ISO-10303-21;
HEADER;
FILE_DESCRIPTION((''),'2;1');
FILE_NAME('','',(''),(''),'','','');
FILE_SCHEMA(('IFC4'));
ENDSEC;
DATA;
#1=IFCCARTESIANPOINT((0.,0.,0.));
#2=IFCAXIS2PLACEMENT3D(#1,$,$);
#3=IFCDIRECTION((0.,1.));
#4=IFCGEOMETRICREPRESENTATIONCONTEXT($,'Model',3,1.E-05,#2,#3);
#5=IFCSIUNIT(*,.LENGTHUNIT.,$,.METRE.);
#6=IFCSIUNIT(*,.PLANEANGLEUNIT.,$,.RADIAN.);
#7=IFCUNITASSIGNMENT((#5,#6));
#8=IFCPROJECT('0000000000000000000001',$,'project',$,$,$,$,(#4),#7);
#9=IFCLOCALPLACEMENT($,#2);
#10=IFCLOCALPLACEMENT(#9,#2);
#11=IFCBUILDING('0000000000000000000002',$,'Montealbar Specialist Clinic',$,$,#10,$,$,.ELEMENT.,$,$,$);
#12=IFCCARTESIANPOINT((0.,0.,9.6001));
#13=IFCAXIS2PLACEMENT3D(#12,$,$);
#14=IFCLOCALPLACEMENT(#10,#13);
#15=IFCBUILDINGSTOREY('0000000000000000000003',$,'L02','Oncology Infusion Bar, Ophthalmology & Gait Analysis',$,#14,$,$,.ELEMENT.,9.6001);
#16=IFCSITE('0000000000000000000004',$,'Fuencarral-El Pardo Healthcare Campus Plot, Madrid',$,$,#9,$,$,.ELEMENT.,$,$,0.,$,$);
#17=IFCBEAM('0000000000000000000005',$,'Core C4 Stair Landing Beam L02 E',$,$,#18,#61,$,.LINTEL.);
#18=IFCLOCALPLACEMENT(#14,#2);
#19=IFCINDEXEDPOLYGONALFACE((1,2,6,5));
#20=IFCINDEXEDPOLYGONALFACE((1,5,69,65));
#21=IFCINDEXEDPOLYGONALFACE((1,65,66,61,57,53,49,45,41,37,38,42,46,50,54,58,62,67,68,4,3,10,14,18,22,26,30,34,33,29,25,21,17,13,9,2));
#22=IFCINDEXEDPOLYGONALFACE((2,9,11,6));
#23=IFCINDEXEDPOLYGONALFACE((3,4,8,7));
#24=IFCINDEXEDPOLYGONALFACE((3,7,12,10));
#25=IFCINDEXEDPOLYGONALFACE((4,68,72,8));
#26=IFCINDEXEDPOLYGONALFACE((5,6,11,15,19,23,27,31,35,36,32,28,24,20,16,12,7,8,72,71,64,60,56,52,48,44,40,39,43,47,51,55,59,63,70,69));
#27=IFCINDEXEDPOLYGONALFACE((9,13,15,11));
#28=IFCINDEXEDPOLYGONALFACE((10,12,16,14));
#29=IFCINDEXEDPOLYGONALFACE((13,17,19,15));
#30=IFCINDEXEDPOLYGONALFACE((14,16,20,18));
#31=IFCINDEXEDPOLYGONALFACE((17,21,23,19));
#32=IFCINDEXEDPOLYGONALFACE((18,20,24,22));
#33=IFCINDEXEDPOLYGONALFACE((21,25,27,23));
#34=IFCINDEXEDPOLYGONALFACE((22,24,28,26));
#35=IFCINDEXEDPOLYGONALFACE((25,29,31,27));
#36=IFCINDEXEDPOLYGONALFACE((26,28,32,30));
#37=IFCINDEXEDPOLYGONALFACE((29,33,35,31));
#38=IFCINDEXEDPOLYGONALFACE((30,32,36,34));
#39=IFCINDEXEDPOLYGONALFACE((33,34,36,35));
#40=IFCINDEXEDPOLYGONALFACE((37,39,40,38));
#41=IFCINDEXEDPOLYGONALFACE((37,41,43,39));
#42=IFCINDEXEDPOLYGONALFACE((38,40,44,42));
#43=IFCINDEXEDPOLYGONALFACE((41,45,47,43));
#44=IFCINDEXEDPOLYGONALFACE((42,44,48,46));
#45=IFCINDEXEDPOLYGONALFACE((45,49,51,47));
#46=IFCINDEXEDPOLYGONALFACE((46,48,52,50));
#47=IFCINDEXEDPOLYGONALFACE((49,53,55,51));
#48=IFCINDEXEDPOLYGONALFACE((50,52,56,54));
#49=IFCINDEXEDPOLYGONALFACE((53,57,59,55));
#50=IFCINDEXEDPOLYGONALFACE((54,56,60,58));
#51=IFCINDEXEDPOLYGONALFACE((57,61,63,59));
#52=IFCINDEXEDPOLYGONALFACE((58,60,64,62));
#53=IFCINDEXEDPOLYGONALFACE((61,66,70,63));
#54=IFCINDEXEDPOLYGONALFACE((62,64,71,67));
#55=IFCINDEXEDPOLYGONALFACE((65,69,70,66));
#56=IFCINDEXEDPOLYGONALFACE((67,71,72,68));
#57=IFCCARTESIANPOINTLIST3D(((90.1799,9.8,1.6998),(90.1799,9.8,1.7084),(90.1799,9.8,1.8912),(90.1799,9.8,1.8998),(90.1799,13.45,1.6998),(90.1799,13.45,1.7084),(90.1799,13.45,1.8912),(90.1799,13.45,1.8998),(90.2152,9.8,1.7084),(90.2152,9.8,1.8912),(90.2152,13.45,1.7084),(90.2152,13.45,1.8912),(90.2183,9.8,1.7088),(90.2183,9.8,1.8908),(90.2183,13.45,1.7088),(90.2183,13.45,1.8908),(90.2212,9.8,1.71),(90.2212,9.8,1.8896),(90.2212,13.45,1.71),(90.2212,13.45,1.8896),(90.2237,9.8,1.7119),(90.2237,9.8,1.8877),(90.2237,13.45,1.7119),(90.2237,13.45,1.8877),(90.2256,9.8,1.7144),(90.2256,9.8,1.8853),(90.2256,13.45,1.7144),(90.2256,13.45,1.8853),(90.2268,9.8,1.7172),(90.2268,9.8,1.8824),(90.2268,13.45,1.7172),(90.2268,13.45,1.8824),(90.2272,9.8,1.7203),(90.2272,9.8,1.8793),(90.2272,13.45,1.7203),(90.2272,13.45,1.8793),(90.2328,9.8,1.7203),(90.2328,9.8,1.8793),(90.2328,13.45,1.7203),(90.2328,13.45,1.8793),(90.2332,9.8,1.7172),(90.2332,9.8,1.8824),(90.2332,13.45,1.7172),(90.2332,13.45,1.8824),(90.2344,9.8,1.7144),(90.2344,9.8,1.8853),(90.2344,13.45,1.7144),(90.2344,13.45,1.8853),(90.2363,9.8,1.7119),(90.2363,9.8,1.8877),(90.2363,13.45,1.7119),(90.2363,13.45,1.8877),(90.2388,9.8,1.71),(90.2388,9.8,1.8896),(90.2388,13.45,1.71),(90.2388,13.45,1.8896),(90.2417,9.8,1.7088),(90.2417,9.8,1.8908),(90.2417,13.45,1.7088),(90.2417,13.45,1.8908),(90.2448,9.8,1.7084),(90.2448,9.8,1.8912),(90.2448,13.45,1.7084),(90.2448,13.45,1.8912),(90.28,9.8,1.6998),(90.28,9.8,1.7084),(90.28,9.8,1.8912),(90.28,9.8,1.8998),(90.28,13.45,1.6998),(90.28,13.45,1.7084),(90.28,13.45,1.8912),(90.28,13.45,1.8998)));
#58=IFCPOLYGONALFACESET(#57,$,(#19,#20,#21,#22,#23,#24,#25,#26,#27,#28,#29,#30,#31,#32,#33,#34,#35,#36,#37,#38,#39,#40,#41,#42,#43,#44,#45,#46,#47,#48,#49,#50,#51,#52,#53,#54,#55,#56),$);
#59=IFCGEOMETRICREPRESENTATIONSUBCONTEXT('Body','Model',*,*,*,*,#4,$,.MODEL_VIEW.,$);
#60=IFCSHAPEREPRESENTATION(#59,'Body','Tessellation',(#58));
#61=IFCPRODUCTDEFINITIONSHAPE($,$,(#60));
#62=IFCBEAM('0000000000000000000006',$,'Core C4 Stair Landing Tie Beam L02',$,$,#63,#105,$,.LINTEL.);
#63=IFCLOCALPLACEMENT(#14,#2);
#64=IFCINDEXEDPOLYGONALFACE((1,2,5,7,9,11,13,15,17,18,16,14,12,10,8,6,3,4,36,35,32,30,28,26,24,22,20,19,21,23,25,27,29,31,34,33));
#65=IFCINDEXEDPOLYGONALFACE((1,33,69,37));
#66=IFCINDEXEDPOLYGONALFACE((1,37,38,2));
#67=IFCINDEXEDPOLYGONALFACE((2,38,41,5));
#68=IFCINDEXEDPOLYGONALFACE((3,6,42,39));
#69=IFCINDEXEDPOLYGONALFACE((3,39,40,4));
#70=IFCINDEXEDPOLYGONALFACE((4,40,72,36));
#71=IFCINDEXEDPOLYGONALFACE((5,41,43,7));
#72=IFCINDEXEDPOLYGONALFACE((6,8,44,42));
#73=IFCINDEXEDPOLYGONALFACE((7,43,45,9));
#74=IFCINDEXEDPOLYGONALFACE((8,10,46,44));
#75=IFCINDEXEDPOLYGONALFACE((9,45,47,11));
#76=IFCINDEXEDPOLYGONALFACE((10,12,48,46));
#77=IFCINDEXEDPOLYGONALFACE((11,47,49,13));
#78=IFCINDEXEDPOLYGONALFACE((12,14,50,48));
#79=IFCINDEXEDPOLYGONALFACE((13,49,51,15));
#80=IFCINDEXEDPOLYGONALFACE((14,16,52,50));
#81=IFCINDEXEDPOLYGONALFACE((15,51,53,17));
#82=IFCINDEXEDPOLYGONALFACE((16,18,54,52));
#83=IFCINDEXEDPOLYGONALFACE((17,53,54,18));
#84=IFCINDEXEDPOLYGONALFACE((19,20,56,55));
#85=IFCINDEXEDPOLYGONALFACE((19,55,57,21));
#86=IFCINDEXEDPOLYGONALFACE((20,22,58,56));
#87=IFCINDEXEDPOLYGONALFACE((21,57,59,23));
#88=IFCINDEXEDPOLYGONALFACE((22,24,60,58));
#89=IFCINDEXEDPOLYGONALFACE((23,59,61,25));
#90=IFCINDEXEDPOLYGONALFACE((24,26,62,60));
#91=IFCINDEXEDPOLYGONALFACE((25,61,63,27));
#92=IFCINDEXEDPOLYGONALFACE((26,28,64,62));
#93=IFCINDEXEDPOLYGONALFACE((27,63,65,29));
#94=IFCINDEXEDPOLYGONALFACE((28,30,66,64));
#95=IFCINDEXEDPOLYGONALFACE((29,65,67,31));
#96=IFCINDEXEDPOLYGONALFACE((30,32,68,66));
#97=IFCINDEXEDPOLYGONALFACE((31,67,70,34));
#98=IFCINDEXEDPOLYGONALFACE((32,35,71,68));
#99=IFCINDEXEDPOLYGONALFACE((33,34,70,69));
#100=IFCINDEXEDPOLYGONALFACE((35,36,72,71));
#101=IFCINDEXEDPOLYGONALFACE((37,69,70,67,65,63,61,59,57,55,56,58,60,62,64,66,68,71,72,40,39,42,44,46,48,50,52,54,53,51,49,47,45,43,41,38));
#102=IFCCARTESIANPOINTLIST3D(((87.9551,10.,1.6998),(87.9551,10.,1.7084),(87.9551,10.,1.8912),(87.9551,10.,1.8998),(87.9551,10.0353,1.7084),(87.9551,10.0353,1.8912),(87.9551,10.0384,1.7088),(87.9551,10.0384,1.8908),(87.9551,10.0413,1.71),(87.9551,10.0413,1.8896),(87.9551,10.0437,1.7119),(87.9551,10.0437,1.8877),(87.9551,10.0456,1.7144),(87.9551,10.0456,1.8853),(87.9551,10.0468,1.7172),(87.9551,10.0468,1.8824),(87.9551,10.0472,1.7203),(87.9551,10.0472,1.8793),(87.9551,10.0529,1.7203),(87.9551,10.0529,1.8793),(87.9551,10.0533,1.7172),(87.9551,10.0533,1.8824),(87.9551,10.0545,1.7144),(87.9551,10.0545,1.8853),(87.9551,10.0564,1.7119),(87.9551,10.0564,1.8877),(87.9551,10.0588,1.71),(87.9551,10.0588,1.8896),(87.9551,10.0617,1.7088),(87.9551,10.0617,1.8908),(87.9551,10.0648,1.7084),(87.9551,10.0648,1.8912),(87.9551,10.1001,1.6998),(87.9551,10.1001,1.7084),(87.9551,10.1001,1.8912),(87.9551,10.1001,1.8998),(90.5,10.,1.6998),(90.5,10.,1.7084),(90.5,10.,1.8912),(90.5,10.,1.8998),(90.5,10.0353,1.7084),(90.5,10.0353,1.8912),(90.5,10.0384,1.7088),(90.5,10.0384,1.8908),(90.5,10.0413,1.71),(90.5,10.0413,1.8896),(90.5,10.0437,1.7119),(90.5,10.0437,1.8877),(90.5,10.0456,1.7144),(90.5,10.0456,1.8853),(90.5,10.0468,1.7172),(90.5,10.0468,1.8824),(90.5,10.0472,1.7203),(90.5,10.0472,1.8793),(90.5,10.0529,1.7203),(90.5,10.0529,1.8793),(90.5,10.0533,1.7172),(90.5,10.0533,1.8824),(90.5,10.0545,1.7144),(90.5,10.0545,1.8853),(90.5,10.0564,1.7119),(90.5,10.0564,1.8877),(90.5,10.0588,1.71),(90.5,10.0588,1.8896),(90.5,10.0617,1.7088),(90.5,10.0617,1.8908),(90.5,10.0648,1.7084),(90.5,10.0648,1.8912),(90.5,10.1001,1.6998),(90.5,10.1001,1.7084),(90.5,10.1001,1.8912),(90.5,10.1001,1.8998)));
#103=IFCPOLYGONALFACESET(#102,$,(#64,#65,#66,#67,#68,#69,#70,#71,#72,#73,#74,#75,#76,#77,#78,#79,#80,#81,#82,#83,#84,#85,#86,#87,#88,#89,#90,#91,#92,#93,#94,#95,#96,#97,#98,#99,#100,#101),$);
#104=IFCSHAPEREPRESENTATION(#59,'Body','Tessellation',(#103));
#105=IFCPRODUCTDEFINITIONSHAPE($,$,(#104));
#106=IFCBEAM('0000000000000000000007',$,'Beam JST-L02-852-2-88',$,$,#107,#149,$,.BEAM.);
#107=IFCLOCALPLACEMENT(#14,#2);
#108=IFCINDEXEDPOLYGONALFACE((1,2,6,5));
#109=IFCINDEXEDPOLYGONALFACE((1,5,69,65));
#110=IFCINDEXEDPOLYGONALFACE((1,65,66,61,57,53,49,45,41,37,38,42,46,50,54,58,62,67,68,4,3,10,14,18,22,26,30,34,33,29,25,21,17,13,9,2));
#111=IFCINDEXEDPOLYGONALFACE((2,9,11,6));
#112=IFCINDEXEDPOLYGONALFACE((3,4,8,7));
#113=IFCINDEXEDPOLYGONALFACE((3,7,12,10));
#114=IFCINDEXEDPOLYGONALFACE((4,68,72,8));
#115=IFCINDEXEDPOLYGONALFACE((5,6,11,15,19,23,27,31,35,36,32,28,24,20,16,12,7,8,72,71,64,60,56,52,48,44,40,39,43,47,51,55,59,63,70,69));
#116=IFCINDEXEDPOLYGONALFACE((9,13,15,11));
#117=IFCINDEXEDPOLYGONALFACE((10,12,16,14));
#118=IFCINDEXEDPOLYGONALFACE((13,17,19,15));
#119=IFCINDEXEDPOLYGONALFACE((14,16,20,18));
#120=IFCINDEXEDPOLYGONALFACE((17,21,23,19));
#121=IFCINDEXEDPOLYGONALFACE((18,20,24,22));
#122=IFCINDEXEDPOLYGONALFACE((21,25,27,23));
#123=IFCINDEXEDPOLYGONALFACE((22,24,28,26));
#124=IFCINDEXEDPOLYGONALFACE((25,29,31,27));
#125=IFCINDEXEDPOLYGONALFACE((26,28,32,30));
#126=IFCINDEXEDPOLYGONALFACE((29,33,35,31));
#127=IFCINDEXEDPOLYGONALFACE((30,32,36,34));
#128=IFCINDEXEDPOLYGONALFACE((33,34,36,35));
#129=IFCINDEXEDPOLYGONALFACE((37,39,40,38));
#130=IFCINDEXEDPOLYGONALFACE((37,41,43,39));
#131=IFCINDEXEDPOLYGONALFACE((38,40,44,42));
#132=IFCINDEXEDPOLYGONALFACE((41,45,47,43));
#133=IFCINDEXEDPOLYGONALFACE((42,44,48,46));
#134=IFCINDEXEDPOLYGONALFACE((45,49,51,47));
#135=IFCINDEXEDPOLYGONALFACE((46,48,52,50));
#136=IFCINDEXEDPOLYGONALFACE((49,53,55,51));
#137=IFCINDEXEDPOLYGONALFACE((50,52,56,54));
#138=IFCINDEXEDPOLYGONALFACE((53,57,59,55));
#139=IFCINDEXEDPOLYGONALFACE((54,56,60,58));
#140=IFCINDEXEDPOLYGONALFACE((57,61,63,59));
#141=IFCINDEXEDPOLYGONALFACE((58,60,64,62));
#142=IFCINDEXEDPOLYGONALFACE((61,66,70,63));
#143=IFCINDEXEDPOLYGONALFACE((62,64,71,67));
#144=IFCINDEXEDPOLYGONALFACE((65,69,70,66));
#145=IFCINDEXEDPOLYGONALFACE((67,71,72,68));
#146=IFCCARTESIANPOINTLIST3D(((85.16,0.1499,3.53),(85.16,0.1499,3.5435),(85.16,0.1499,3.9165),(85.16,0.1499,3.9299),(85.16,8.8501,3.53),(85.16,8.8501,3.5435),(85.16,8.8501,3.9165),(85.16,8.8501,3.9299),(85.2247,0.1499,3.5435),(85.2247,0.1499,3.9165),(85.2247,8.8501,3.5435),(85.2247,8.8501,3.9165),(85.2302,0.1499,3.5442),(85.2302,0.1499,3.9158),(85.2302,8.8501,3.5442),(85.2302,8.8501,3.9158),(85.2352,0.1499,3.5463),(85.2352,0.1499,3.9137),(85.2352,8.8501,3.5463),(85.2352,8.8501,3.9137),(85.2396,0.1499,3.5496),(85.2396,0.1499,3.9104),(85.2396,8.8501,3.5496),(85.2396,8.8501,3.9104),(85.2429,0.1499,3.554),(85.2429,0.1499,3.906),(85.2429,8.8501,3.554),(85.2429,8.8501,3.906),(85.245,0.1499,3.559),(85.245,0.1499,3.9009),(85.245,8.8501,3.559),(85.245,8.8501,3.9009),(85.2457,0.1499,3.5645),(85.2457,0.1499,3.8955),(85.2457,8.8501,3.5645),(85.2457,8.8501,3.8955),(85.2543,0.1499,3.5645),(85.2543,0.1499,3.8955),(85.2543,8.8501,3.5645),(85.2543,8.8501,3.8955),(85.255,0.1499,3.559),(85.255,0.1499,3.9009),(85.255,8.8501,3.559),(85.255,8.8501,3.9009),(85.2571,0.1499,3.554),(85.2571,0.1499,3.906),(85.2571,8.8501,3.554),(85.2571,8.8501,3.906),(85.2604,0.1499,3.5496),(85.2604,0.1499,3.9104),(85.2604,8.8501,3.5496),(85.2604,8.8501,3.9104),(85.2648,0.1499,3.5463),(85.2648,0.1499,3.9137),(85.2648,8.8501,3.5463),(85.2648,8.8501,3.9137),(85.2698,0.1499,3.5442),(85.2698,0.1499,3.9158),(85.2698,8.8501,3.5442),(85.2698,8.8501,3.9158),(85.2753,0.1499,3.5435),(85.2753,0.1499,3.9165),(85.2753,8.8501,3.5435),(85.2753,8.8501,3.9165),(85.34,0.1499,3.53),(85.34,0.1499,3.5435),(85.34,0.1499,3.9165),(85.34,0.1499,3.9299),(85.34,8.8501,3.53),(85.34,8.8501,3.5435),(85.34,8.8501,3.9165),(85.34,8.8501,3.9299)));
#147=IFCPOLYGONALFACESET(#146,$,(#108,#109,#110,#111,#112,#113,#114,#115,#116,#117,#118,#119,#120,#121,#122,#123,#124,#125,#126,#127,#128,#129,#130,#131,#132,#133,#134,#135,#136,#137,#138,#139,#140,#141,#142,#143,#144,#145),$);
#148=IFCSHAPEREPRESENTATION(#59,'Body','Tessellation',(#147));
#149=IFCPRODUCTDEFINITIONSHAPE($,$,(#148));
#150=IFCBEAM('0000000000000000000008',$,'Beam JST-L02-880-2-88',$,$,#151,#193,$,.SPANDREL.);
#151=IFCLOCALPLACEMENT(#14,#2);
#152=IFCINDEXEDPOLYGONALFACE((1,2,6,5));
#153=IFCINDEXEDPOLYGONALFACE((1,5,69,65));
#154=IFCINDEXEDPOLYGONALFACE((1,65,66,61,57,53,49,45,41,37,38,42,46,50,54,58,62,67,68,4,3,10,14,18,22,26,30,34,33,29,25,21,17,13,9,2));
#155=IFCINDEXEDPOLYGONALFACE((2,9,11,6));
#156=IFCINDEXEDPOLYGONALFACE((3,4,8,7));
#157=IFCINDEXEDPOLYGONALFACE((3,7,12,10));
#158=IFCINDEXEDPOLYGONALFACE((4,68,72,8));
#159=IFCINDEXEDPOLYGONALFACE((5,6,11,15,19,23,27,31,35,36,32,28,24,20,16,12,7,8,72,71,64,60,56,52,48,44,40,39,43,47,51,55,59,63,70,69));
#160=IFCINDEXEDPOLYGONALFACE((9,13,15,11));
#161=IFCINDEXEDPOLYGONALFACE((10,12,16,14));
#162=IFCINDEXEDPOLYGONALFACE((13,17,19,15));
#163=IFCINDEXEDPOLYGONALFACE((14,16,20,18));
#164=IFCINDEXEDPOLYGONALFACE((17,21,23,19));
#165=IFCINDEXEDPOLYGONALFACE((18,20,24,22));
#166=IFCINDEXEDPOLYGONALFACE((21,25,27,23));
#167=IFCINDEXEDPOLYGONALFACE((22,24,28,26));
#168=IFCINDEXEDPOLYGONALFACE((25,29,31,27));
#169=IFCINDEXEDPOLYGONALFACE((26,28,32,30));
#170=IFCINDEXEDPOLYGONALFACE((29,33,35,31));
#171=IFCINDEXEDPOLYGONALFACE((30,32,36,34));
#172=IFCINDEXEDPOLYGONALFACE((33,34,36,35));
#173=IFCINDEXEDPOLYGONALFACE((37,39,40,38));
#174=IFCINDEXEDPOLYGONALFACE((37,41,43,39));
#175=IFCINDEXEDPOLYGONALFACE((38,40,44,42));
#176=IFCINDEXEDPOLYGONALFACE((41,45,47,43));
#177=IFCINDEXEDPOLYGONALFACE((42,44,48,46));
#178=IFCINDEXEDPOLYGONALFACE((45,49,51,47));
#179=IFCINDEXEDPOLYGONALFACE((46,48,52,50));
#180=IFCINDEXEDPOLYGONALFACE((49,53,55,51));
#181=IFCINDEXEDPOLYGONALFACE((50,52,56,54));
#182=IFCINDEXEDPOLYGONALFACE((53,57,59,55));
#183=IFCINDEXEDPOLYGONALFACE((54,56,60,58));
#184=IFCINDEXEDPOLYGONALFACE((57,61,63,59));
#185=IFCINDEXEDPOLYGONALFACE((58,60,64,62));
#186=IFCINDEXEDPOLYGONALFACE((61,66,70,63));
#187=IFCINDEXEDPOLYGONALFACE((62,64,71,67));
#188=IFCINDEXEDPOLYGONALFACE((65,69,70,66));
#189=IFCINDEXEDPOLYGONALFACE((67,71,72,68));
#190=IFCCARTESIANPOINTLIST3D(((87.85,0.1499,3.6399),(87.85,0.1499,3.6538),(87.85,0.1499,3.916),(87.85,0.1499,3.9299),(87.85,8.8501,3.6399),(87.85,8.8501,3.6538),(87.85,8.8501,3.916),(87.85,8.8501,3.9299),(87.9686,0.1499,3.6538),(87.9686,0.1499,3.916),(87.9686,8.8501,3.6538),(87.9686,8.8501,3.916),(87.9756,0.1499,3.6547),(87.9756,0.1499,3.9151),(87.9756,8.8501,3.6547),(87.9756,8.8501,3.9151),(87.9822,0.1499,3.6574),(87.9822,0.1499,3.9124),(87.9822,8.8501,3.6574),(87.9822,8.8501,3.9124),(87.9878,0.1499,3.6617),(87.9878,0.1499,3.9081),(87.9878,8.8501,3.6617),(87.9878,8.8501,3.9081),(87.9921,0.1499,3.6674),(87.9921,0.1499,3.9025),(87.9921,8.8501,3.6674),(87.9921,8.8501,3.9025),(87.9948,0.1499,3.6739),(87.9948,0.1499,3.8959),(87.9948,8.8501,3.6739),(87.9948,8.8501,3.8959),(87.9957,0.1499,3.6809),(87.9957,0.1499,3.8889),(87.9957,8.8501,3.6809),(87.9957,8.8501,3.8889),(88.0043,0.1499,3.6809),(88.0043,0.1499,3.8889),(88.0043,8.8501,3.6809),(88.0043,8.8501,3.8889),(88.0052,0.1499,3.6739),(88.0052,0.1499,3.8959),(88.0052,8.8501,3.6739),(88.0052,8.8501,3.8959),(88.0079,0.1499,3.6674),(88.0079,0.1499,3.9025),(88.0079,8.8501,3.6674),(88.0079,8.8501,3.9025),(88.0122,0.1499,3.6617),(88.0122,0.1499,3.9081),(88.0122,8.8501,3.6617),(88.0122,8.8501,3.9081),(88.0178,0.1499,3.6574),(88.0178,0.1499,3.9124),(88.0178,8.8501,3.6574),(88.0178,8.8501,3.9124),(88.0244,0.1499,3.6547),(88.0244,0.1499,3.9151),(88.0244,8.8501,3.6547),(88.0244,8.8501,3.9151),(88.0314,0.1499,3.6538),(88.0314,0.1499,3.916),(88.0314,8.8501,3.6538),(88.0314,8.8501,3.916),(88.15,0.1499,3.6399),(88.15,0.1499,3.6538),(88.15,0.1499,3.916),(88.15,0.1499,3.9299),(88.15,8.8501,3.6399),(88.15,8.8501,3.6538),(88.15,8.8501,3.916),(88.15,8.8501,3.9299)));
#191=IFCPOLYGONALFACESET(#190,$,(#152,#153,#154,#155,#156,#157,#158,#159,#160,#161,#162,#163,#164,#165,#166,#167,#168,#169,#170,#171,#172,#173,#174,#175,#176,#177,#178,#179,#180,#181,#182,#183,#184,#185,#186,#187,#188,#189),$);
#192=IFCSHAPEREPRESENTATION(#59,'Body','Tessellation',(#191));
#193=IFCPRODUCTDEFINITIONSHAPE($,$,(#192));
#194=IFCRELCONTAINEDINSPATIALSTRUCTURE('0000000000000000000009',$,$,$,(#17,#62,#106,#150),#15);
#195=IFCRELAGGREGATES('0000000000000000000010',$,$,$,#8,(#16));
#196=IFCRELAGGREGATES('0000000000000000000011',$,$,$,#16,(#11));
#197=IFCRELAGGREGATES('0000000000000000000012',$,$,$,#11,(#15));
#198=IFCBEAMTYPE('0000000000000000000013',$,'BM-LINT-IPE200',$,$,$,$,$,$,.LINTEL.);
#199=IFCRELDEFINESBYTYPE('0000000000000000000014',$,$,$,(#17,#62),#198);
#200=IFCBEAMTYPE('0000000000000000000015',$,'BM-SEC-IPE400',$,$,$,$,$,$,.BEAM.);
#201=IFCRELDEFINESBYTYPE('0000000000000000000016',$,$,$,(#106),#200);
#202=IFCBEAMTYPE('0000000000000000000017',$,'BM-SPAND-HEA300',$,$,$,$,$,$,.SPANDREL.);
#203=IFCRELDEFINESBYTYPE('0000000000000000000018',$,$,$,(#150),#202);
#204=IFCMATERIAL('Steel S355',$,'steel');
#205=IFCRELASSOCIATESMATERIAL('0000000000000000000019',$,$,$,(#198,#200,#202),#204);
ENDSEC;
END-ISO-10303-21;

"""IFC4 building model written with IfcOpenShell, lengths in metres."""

from ifc_helpers import new_model, si_unit, direction, frame, origin, origin_2d, place, context, subcontext, project, spatial, i_section, extrude, material, material_profile, profile_set, type_object, element, save


model = new_model("IFC4")

# Units and contexts
model_context = context("Model", 3, precision=1e-05, world=origin(), true_north=direction((0.0, 1.0)))
body_context = subcontext(model_context, "Body", "Model", "MODEL_VIEW")
ifc_project = project(units=[si_unit("LENGTHUNIT", "METRE"), si_unit("PLANEANGLEUNIT", "RADIAN")], contexts=[model_context])

# Site, building, storey
site_placement = place(None, origin())
site = spatial("IfcSite", under=ifc_project, at=site_placement, Name="Fuencarral-El Pardo Healthcare Campus Plot, Madrid", CompositionType="ELEMENT", RefElevation=0.0)
building_placement = place(site_placement, origin())
building = spatial("IfcBuilding", under=site, at=building_placement, Name="Montealbar Specialist Clinic", CompositionType="ELEMENT")
storey_placement = place(building_placement, frame((0.0, 0.0, 9.6001)))
storey = spatial("IfcBuildingStorey", under=building, at=storey_placement, Name="L02", Description="Oncology Infusion Bar, Ophthalmology & Gait Analysis", CompositionType="ELEMENT", Elevation=9.6001)

# Shared definitions
ifc_material_1 = material(Name="Steel S355", Category="steel")

# Beams
ifc_material_profile_1 = material_profile(ifc_material_1, i_section(OverallWidth=0.1001, OverallDepth=0.2, WebThickness=0.0056, FlangeThickness=0.0085, FilletRadius=0.012, at=origin_2d()), Name="IPE 200", Category="steel")
ifc_profile_set_1 = profile_set([ifc_material_profile_1], Name="Steel S355")
beam_type_1 = type_object("IfcBeamType", Name="BM-LINT-IPE200", PredefinedType="LINTEL", material=ifc_profile_set_1)
for number, where, z_axis, x_axis, name in (
    (1, (90.23, 9.8, 1.7998), (0.0, 1.0, 0.0), (-1.0, 0.0, 0.0), "Core C4 Stair Landing Beam L02 E"),
):
    element("IfcBeam", number, at=place(storey_placement, frame(where, z_axis=z_axis, x_axis=x_axis)), inside=storey, type_object=beam_type_1, Name=name, PredefinedType="LINTEL", context=body_context, shape_type="SweptSolid", body=[
        extrude(i_section(OverallWidth=0.1001, OverallDepth=0.2, WebThickness=0.0056, FlangeThickness=0.0085, FilletRadius=0.012, at=origin_2d()), origin(), (0.0, 0.0, 1.0), 3.6499),
    ])
beam_1_placement = place(storey_placement, frame((87.9551, 10.05, 1.7998), z_axis=(1.0, 0.0, 0.0), x_axis=(0.0, 1.0, 0.0)))
element("IfcBeam", 2, at=beam_1_placement, inside=storey, type_object=beam_type_1, Name="Core C4 Stair Landing Tie Beam L02", PredefinedType="LINTEL", context=body_context, shape_type="SweptSolid", body=[
    extrude(i_section(OverallWidth=0.1001, OverallDepth=0.2, WebThickness=0.0056, FlangeThickness=0.0085, FilletRadius=0.012, at=origin_2d()), origin(), (0.0, 0.0, 1.0), 2.5449),
])
ifc_material_profile_2 = material_profile(ifc_material_1, i_section(OverallWidth=0.1799, OverallDepth=0.3999, WebThickness=0.0085, FlangeThickness=0.0134, FilletRadius=0.021, at=origin_2d()), Name="IPE 400", Category="steel")
ifc_profile_set_2 = profile_set([ifc_material_profile_2], Name="Steel S355")
beam_type_2 = type_object("IfcBeamType", Name="BM-SEC-IPE400", PredefinedType="BEAM", material=ifc_profile_set_2)
beam_2_placement = place(storey_placement, frame((85.25, 0.1499, 3.73), z_axis=(0.0, 1.0, 0.0), x_axis=(-1.0, 0.0, 0.0)))
element("IfcBeam", 3, at=beam_2_placement, inside=storey, type_object=beam_type_2, Name="Beam JST-L02-852-2-88", PredefinedType="BEAM", context=body_context, shape_type="SweptSolid", body=[
    extrude(i_section(OverallWidth=0.1799, OverallDepth=0.3999, WebThickness=0.0085, FlangeThickness=0.0134, FilletRadius=0.021, at=origin_2d()), origin(), (0.0, 0.0, 1.0), 8.7002),
])
ifc_material_profile_3 = material_profile(ifc_material_1, i_section(OverallWidth=0.3, OverallDepth=0.29, WebThickness=0.0085, FlangeThickness=0.0139, FilletRadius=0.0271, at=origin_2d()), Name="HEA 300", Category="steel")
ifc_profile_set_3 = profile_set([ifc_material_profile_3], Name="Steel S355")
beam_type_3 = type_object("IfcBeamType", Name="BM-SPAND-HEA300", PredefinedType="SPANDREL", material=ifc_profile_set_3)
beam_3_placement = place(storey_placement, frame((88.0, 0.1499, 3.7849), z_axis=(0.0, 1.0, 0.0), x_axis=(-1.0, 0.0, 0.0)))
element("IfcBeam", 4, at=beam_3_placement, inside=storey, type_object=beam_type_3, Name="Beam JST-L02-880-2-88", PredefinedType="SPANDREL", context=body_context, shape_type="SweptSolid", body=[
    extrude(i_section(OverallWidth=0.3, OverallDepth=0.29, WebThickness=0.0085, FlangeThickness=0.0139, FilletRadius=0.0271, at=origin_2d()), origin(), (0.0, 0.0, 1.0), 8.7002),
])

save(model, "model.ifc")
